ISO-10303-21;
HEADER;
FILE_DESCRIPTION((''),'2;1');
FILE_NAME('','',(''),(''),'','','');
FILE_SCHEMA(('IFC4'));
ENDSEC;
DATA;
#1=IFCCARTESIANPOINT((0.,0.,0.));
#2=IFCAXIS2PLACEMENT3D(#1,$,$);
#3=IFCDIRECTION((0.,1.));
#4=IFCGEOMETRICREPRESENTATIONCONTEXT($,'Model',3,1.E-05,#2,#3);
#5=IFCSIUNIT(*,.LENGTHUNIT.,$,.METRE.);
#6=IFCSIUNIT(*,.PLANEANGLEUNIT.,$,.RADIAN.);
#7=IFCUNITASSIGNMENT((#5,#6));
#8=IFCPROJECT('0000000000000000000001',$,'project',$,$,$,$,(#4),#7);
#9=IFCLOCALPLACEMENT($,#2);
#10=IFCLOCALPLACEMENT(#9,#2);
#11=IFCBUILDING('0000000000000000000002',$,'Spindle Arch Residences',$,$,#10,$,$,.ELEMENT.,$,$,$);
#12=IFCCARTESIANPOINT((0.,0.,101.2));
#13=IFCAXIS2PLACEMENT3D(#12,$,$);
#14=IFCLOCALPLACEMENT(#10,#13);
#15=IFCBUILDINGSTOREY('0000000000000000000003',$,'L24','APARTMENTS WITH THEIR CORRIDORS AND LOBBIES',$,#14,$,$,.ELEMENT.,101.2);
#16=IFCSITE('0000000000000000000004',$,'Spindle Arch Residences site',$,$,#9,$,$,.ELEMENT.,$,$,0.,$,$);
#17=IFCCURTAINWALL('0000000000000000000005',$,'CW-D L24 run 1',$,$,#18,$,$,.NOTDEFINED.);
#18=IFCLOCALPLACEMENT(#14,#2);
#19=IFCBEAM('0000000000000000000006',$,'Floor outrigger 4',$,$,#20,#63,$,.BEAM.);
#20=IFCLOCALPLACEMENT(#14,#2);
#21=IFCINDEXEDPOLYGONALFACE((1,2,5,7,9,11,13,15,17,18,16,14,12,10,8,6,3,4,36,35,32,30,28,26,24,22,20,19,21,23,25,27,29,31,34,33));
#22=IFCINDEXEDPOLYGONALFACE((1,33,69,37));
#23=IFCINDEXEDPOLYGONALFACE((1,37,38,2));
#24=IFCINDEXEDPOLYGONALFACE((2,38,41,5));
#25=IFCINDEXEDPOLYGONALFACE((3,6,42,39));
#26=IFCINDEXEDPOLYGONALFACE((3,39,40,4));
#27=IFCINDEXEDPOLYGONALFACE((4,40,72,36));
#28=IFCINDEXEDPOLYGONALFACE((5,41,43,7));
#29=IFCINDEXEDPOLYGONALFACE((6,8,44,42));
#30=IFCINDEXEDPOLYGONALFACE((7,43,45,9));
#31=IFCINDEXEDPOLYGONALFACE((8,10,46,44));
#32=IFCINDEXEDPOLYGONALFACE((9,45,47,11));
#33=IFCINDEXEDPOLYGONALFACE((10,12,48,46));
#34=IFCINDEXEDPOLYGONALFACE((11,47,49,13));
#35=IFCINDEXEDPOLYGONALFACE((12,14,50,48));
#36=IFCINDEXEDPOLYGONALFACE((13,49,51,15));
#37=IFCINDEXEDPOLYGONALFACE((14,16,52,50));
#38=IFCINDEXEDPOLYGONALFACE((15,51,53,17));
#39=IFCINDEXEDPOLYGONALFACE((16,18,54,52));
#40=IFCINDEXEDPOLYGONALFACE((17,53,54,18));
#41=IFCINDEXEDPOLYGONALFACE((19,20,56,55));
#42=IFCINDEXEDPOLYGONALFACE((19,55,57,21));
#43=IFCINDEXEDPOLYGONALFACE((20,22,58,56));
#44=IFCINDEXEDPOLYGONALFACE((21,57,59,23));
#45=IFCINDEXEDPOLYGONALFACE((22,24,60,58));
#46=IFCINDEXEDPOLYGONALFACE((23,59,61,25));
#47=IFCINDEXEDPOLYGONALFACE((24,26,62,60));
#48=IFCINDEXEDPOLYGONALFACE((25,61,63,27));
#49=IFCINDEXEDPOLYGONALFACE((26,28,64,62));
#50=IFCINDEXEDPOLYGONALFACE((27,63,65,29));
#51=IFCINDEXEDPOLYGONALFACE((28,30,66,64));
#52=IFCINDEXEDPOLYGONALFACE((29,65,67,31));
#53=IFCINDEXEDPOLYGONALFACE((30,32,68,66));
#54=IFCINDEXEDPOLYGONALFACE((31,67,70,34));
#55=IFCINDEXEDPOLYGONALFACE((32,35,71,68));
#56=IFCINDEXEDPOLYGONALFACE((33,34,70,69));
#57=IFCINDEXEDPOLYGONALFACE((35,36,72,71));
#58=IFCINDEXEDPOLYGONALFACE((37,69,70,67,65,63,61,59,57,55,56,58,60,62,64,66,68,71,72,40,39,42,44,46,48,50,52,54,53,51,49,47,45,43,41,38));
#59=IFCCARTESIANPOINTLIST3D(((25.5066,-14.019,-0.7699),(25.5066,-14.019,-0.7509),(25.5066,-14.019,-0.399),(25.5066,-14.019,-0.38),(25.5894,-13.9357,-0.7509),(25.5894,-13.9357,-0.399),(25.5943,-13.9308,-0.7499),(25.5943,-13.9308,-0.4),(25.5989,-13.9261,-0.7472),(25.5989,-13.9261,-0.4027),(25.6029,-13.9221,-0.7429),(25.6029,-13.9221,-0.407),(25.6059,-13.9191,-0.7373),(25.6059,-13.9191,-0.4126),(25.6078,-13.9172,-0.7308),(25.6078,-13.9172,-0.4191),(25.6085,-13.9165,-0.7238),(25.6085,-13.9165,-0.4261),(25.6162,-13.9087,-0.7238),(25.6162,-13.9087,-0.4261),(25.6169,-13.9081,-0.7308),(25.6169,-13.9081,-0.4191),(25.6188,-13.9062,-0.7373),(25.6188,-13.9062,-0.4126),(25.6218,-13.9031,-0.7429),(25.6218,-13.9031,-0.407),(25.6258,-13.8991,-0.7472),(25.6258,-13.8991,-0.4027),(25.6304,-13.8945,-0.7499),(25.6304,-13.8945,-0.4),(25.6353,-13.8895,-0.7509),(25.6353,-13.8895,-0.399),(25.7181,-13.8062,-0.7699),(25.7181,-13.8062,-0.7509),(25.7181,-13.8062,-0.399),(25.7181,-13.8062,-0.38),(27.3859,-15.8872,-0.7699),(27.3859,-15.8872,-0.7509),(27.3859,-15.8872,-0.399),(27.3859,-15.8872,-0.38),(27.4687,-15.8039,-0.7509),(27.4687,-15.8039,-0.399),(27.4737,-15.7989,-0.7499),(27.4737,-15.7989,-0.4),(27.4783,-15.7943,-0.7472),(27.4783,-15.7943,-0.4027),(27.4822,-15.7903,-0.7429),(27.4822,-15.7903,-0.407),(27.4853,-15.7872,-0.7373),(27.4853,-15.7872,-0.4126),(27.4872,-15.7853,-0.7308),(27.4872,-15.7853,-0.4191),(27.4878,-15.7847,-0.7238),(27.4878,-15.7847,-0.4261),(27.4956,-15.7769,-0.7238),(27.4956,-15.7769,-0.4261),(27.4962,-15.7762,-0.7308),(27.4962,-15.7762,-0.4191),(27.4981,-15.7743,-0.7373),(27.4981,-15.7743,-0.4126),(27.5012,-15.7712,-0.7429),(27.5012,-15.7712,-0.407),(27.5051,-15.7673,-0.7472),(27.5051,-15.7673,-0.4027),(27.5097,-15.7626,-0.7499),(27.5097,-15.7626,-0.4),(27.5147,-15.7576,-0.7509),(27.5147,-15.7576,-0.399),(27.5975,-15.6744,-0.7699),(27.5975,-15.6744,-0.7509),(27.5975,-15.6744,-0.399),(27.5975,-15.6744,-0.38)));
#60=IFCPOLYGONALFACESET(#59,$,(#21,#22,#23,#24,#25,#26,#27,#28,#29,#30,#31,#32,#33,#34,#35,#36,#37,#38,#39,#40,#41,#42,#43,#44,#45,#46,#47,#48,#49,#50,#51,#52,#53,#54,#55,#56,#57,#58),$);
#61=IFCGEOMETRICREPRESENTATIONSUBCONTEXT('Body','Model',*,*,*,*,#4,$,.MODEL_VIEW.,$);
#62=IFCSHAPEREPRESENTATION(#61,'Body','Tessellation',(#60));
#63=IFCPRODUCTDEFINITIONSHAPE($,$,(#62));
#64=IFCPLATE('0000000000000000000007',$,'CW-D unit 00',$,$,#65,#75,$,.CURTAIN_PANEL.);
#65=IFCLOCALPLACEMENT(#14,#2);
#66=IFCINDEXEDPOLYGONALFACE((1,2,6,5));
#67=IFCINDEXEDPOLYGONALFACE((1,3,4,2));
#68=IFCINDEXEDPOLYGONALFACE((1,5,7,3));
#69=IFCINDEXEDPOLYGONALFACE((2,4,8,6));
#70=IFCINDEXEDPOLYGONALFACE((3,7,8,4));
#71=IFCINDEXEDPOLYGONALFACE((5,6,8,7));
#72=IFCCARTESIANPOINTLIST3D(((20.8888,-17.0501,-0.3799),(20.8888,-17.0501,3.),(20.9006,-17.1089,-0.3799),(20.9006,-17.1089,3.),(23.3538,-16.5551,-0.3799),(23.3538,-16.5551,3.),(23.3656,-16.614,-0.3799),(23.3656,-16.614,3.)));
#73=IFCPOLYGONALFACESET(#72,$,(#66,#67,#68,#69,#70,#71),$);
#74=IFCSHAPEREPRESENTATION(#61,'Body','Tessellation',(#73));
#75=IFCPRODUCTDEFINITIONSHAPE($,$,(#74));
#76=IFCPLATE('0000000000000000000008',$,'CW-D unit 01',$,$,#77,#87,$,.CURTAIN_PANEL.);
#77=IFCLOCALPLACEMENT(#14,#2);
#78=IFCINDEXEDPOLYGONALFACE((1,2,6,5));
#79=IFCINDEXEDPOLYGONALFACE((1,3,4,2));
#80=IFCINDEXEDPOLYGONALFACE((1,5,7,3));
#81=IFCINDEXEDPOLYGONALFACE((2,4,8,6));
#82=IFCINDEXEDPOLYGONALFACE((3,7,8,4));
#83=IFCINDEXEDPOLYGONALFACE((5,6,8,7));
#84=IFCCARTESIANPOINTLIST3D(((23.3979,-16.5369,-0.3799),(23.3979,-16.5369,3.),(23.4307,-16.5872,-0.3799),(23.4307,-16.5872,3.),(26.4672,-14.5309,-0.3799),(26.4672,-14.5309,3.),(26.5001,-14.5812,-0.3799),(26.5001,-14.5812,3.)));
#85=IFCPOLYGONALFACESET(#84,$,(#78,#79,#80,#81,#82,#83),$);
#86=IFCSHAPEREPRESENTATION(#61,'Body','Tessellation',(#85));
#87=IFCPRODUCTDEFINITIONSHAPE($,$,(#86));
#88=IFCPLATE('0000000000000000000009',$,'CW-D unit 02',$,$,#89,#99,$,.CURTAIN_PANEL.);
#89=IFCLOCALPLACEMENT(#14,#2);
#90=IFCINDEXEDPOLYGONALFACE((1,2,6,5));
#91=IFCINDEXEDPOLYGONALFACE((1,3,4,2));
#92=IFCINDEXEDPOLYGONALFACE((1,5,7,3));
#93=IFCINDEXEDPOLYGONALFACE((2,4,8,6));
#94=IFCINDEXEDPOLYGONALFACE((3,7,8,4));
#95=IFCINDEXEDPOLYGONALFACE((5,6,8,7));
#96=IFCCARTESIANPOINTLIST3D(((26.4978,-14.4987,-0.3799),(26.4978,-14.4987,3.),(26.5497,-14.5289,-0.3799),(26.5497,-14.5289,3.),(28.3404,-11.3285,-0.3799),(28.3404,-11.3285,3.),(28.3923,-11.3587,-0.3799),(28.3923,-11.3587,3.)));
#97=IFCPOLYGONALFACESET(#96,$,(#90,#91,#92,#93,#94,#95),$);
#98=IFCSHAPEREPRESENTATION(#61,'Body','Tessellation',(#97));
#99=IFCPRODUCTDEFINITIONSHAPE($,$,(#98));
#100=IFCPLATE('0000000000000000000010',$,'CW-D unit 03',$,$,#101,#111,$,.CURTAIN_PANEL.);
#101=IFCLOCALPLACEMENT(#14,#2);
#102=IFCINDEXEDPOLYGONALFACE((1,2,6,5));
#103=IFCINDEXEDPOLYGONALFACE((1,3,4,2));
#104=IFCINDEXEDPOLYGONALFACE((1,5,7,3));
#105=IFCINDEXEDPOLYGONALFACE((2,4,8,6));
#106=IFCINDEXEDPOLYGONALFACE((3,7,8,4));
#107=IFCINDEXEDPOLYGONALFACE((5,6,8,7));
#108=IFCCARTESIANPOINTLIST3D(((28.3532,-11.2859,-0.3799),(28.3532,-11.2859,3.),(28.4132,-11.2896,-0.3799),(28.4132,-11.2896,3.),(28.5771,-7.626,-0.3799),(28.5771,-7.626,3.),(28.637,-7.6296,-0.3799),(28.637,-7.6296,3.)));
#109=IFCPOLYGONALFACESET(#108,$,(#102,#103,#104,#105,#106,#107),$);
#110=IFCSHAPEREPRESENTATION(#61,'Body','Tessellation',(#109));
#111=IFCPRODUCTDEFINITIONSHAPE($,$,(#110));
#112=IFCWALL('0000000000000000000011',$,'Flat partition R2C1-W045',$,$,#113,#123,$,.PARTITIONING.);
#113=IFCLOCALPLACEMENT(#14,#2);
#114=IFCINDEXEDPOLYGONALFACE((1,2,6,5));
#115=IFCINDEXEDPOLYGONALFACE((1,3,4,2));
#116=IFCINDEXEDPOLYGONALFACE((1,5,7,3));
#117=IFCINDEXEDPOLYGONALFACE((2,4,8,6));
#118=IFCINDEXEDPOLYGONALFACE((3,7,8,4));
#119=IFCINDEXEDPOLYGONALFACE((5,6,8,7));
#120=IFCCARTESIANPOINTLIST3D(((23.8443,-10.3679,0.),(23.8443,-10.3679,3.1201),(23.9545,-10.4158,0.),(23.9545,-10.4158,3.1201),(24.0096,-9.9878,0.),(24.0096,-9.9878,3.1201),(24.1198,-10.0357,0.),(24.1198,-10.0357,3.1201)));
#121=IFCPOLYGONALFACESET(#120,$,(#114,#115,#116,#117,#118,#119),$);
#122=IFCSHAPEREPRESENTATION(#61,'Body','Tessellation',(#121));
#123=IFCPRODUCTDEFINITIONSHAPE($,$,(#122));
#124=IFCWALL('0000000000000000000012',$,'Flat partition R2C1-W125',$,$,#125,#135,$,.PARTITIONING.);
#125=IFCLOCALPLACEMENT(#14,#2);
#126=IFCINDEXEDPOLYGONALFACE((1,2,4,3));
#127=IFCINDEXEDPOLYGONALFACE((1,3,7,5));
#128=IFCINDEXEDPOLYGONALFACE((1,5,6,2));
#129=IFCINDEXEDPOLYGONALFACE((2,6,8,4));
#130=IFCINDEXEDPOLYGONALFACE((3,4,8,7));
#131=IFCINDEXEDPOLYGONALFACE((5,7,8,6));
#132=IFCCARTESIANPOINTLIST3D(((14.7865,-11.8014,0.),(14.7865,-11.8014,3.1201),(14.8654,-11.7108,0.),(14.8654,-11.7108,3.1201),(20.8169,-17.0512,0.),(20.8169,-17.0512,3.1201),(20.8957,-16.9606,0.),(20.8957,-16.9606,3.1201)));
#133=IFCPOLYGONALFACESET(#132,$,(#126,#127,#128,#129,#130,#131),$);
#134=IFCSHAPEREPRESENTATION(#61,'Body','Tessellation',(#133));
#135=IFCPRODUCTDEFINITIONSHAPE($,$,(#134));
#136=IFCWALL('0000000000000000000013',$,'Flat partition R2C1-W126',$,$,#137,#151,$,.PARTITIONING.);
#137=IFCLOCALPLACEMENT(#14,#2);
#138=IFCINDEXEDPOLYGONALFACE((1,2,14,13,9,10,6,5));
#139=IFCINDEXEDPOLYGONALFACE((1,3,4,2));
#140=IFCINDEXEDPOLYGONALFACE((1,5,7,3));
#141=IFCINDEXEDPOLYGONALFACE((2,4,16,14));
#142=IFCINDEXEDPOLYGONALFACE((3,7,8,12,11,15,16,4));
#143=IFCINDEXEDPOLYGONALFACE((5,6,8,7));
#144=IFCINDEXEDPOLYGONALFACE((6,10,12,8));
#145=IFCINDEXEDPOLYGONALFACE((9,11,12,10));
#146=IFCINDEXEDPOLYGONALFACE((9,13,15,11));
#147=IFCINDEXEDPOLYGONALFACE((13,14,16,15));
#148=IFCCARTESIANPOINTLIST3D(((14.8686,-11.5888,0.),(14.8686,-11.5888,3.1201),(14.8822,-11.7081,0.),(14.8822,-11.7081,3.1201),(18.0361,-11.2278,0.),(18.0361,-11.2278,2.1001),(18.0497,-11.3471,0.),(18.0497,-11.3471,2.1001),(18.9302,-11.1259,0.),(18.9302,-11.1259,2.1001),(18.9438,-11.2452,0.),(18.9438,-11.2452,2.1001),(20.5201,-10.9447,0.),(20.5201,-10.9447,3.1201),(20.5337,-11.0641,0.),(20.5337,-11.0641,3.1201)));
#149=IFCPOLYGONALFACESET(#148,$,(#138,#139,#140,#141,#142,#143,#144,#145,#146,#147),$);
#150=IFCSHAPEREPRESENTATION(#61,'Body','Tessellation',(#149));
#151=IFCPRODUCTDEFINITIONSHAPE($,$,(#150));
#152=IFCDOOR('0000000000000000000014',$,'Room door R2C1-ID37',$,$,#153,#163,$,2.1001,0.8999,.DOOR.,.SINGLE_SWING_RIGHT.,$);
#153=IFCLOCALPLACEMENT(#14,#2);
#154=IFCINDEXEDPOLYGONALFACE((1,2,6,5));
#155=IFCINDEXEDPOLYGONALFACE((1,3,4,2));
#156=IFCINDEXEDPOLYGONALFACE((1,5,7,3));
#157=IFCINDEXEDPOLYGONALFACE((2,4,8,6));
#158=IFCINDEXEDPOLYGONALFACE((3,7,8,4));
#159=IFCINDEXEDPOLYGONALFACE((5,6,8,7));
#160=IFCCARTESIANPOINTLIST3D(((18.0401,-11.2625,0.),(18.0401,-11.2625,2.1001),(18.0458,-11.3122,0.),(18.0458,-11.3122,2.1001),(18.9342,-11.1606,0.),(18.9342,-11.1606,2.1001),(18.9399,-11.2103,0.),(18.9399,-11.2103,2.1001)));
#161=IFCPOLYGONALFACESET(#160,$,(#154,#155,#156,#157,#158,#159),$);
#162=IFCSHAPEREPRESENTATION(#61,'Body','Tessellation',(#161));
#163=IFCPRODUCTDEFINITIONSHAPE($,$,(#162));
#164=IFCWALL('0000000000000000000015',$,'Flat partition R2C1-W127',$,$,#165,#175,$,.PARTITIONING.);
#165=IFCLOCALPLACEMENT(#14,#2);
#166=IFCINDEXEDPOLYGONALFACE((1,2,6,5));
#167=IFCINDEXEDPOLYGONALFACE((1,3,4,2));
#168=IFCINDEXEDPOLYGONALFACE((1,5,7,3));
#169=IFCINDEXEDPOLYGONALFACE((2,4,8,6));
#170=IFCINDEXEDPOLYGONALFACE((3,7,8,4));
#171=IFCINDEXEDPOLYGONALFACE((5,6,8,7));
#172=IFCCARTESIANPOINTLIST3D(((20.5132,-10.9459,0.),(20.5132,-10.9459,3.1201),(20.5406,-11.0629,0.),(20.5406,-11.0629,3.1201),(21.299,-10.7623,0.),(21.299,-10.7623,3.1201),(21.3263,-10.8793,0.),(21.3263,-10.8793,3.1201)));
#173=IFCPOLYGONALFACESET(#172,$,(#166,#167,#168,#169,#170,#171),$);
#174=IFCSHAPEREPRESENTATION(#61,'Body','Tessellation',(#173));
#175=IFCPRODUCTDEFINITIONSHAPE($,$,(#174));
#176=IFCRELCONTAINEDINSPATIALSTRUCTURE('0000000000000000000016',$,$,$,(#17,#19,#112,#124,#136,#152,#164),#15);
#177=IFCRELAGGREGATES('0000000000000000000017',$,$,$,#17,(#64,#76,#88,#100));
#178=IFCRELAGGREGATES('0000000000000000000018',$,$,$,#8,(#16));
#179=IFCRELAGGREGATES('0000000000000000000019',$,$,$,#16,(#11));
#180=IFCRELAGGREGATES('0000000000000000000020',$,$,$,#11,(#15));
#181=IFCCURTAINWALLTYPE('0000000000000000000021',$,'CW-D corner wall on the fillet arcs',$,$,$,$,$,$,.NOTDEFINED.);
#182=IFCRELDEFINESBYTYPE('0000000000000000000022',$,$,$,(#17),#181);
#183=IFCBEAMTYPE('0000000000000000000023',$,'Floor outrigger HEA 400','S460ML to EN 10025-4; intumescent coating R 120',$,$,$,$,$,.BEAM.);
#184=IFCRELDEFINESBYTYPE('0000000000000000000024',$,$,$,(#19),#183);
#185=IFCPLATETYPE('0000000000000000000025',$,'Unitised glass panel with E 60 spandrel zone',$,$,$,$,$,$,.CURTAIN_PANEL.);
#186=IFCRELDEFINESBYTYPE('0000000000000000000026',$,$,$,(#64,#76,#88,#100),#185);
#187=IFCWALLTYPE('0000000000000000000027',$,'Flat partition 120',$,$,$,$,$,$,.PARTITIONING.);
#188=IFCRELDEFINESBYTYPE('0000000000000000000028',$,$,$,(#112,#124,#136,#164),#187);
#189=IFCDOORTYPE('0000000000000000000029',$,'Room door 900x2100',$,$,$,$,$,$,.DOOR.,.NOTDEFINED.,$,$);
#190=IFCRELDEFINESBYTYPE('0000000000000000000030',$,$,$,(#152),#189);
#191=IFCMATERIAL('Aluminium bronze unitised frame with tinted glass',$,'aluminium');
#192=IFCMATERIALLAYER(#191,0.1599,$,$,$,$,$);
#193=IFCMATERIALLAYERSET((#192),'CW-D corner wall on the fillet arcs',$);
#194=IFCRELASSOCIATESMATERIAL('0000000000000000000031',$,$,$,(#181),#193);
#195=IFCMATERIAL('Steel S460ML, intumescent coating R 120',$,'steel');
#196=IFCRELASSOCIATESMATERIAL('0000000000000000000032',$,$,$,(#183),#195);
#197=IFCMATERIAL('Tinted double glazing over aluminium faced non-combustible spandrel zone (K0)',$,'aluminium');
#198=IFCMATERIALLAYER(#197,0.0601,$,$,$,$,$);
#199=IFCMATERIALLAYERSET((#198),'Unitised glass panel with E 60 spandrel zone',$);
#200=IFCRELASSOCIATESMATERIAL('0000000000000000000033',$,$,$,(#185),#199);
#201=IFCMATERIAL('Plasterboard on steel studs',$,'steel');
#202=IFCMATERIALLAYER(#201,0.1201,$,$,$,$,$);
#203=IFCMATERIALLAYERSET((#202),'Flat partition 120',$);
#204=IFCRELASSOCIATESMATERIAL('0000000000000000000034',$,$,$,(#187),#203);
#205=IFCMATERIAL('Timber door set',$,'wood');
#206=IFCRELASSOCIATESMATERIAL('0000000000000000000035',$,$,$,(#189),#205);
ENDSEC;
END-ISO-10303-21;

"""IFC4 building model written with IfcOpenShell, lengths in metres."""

from ifc_helpers import new_model, si_unit, direction, frame, frame_2d, origin, origin_2d, place, context, subcontext, project, spatial, rectangle, i_section, extrude, material, layer, layer_set, material_profile, profile_set, type_object, element, fill, aggregate, save


model = new_model("IFC4")

# Units and contexts
model_context = context("Model", 3, precision=1e-05, world=origin(), true_north=direction((0.0, 1.0)))
body_context = subcontext(model_context, "Body", "Model", "MODEL_VIEW")
ifc_project = project(units=[si_unit("LENGTHUNIT", "METRE"), si_unit("PLANEANGLEUNIT", "RADIAN")], contexts=[model_context])

# Site, building, storey
site_placement = place(None, origin())
site = spatial("IfcSite", under=ifc_project, at=site_placement, Name="Spindle Arch Residences site", CompositionType="ELEMENT", RefElevation=0.0)
building_placement = place(site_placement, origin())
building = spatial("IfcBuilding", under=site, at=building_placement, Name="Spindle Arch Residences", CompositionType="ELEMENT")
storey_placement = place(building_placement, frame((0.0, 0.0, 101.2)))
storey = spatial("IfcBuildingStorey", under=building, at=storey_placement, Name="L24", Description="APARTMENTS WITH THEIR CORRIDORS AND LOBBIES", CompositionType="ELEMENT", Elevation=101.2)

# Curtain wall
ifc_material_1 = material(Name="Aluminium bronze unitised frame with tinted glass", Category="aluminium")
ifc_layer_1 = layer(ifc_material_1, 0.1599)
ifc_layer_set_1 = layer_set([ifc_layer_1], Name="CW-D corner wall on the fillet arcs")
curtain_wall_type = type_object("IfcCurtainWallType", Name="CW-D corner wall on the fillet arcs", PredefinedType="NOTDEFINED", material=ifc_layer_set_1)
curtain_wall_placement = place(storey_placement, origin())
curtain_wall = element("IfcCurtainWall", 1, at=curtain_wall_placement, inside=storey, type_object=curtain_wall_type, Name="CW-D L24 run 1", PredefinedType="NOTDEFINED")

# Beam
ifc_material_2 = material(Name="Steel S460ML, intumescent coating R 120", Category="steel")
ifc_material_profile_1 = material_profile(ifc_material_2, i_section(OverallWidth=0.3, OverallDepth=0.3899, WebThickness=0.011, FlangeThickness=0.019, FilletRadius=0.0271, at=origin_2d()), Name="HEA 400")
ifc_profile_set_1 = profile_set([ifc_material_profile_1], Name="Steel S460ML, intumescent coating R 120")
beam_type_1 = type_object("IfcBeamType", Name="Floor outrigger HEA 400", Description="S460ML to EN 10025-4; intumescent coating R 120", PredefinedType="BEAM", material=ifc_profile_set_1)
beam_1_placement = place(storey_placement, frame((27.4917, -15.7808, -0.575), z_axis=(-0.709223, 0.704985, 0.0), x_axis=(-0.704985, -0.709223, 0.0)))
element("IfcBeam", 2, at=beam_1_placement, inside=storey, type_object=beam_type_1, Name="Floor outrigger 4", PredefinedType="BEAM", context=body_context, shape_type="SweptSolid", body=[
    extrude(i_section(OverallWidth=0.3, OverallDepth=0.3899, WebThickness=0.011, FlangeThickness=0.019, FilletRadius=0.0271, at=origin_2d()), origin(), (0.0, 0.0, 1.0), 2.6499),
])

# Plates
ifc_material_3 = material(Name="Tinted double glazing over aluminium faced non-combustible spandrel zone (K0)", Category="aluminium")
ifc_layer_2 = layer(ifc_material_3, 0.0601)
ifc_layer_set_2 = layer_set([ifc_layer_2], Name="Unitised glass panel with E 60 spandrel zone")
plate_type = type_object("IfcPlateType", Name="Unitised glass panel with E 60 spandrel zone", PredefinedType="CURTAIN_PANEL", material=ifc_layer_set_2)
plate_1_placement = place(storey_placement, frame((22.1272, -16.832, -0.3799), z_axis=(0.0, 0.0, 1.0), x_axis=(0.980431, 0.196863, 0.0)))
plate_1 = element("IfcPlate", 3, at=plate_1_placement, type_object=plate_type, Name="CW-D unit 00", PredefinedType="CURTAIN_PANEL", context=body_context, shape_type="SweptSolid", body=[
    extrude(rectangle(XDim=2.5142, YDim=0.0601, at=origin_2d()), origin(), (0.0, 0.0, 1.0), 3.3799),
])
plate_2_placement = place(storey_placement, frame((24.949, -15.5591, -0.3799), z_axis=(0.0, 0.0, 1.0), x_axis=(0.837083, 0.547076, 0.0)))
plate_2 = element("IfcPlate", 4, at=plate_2_placement, type_object=plate_type, Name="CW-D unit 01", PredefinedType="CURTAIN_PANEL", context=body_context, shape_type="SweptSolid", body=[
    extrude(rectangle(XDim=3.6667, YDim=0.0601, at=origin_2d()), origin(), (0.0, 0.0, 1.0), 3.3799),
])
plate_3_placement = place(storey_placement, frame((27.4451, -12.9287, -0.3799), z_axis=(0.0, 0.0, 1.0), x_axis=(0.502517, 0.864567, 0.0)))
plate_3 = element("IfcPlate", 5, at=plate_3_placement, type_object=plate_type, Name="CW-D unit 02", PredefinedType="CURTAIN_PANEL", context=body_context, shape_type="SweptSolid", body=[
    extrude(rectangle(XDim=3.6667, YDim=0.0601, at=origin_2d()), origin(), (0.0, 0.0, 1.0), 3.3799),
])
plate_4_placement = place(storey_placement, frame((28.4951, -9.4578, -0.3799), z_axis=(0.0, 0.0, 1.0), x_axis=(0.061049, 0.998135, 0.0)))
plate_4 = element("IfcPlate", 6, at=plate_4_placement, type_object=plate_type, Name="CW-D unit 03", PredefinedType="CURTAIN_PANEL", context=body_context, shape_type="SweptSolid", body=[
    extrude(rectangle(XDim=3.6667, YDim=0.0601, at=origin_2d()), origin(), (0.0, 0.0, 1.0), 3.3799),
])
aggregate(curtain_wall, [plate_1, plate_2, plate_3, plate_4])

# Walls
ifc_material_4 = material(Name="Plasterboard on steel studs", Category="steel")
ifc_layer_3 = layer(ifc_material_4, 0.1201)
ifc_layer_set_3 = layer_set([ifc_layer_3], Name="Flat partition 120")
wall_type_1 = type_object("IfcWallType", Name="Flat partition 120", PredefinedType="PARTITIONING", material=ifc_layer_set_3)
wall_1_placement = place(storey_placement, frame((24.0647, -10.0117, 0.0), z_axis=(0.0, 0.0, 1.0), x_axis=(-0.398748, -0.917061, 0.0)))
element("IfcWall", 7, at=wall_1_placement, inside=storey, type_object=wall_type_1, Name="Flat partition R2C1-W045", PredefinedType="PARTITIONING", context=body_context, shape_type="SweptSolid", body=[
    extrude(rectangle(XDim=0.4146, YDim=0.1201, at=frame_2d((0.2073, 0.0))), origin(), (0.0, 0.0, 1.0), 3.1201),
])
wall_2_placement = place(storey_placement, frame((20.8562, -17.0059, 0.0), z_axis=(0.0, 0.0, 1.0), x_axis=(-0.754231, 0.656609, 0.0)))
element("IfcWall", 8, at=wall_2_placement, inside=storey, type_object=wall_type_1, Name="Flat partition R2C1-W125", PredefinedType="PARTITIONING", context=body_context, shape_type="SweptSolid", body=[
    extrude(rectangle(XDim=7.9954, YDim=0.1201, at=frame_2d((3.9976, 0.0))), origin(), (0.0, 0.0, 1.0), 3.1201),
])

# Wall, opening, door
wall_3_placement = place(storey_placement, frame((20.5269, -11.0044, 0.0), z_axis=(0.0, 0.0, 1.0), x_axis=(-0.993569, -0.113229, 0.0)))
wall_3 = element("IfcWall", 9, at=wall_3_placement, inside=storey, type_object=wall_type_1, Name="Flat partition R2C1-W126", PredefinedType="PARTITIONING", context=body_context, shape_type="SweptSolid", body=[
    extrude(rectangle(XDim=5.688, YDim=0.1201, at=frame_2d((2.844, 0.0))), origin(), (0.0, 0.0, 1.0), 3.1201),
])
opening_1_placement = place(wall_3_placement, frame((1.6001, 0.0, 0.0)))
opening_1 = element("IfcOpeningElement", 10, at=opening_1_placement, cuts=wall_3, PredefinedType="OPENING", context=body_context, shape_type="SweptSolid", body=[
    extrude(rectangle(XDim=0.8999, YDim=2.1001, at=frame_2d((0.45, 1.05))), frame((0.0, 0.0701, 0.0), z_axis=(0.0, -1.0, 0.0), x_axis=(1.0, 0.0, 0.0)), (0.0, 0.0, 1.0), 0.1401),
])
ifc_material_5 = material(Name="Timber door set", Category="wood")
door_type = type_object("IfcDoorType", Name="Room door 900x2100", OperationType="NOTDEFINED", PredefinedType="DOOR", material=ifc_material_5)
door_1_placement = place(opening_1_placement, origin())
door_1 = element("IfcDoor", 11, at=door_1_placement, inside=storey, type_object=door_type, Name="Room door R2C1-ID37", OperationType="SINGLE_SWING_RIGHT", OverallHeight=2.1001, OverallWidth=0.8999, PredefinedType="DOOR", context=body_context, shape_type="SweptSolid", body=[
    extrude(rectangle(XDim=0.8999, YDim=2.1001, at=frame_2d((0.45, 1.05))), frame((0.0, 0.0249, 0.0), z_axis=(0.0, -1.0, 0.0), x_axis=(1.0, 0.0, 0.0)), (0.0, 0.0, 1.0), 0.05),
])
fill(opening_1, door_1)

# Wall
wall_4_placement = place(storey_placement, frame((21.3125, -10.8208, 0.0), z_axis=(0.0, 0.0, 1.0), x_axis=(-0.973765, -0.227555, 0.0)))
element("IfcWall", 12, at=wall_4_placement, inside=storey, type_object=wall_type_1, Name="Flat partition R2C1-W127", PredefinedType="PARTITIONING", context=body_context, shape_type="SweptSolid", body=[
    extrude(rectangle(XDim=0.8069, YDim=0.1201, at=frame_2d((0.4033, 0.0))), origin(), (0.0, 0.0, 1.0), 3.1201),
])

save(model, "model.ifc")
